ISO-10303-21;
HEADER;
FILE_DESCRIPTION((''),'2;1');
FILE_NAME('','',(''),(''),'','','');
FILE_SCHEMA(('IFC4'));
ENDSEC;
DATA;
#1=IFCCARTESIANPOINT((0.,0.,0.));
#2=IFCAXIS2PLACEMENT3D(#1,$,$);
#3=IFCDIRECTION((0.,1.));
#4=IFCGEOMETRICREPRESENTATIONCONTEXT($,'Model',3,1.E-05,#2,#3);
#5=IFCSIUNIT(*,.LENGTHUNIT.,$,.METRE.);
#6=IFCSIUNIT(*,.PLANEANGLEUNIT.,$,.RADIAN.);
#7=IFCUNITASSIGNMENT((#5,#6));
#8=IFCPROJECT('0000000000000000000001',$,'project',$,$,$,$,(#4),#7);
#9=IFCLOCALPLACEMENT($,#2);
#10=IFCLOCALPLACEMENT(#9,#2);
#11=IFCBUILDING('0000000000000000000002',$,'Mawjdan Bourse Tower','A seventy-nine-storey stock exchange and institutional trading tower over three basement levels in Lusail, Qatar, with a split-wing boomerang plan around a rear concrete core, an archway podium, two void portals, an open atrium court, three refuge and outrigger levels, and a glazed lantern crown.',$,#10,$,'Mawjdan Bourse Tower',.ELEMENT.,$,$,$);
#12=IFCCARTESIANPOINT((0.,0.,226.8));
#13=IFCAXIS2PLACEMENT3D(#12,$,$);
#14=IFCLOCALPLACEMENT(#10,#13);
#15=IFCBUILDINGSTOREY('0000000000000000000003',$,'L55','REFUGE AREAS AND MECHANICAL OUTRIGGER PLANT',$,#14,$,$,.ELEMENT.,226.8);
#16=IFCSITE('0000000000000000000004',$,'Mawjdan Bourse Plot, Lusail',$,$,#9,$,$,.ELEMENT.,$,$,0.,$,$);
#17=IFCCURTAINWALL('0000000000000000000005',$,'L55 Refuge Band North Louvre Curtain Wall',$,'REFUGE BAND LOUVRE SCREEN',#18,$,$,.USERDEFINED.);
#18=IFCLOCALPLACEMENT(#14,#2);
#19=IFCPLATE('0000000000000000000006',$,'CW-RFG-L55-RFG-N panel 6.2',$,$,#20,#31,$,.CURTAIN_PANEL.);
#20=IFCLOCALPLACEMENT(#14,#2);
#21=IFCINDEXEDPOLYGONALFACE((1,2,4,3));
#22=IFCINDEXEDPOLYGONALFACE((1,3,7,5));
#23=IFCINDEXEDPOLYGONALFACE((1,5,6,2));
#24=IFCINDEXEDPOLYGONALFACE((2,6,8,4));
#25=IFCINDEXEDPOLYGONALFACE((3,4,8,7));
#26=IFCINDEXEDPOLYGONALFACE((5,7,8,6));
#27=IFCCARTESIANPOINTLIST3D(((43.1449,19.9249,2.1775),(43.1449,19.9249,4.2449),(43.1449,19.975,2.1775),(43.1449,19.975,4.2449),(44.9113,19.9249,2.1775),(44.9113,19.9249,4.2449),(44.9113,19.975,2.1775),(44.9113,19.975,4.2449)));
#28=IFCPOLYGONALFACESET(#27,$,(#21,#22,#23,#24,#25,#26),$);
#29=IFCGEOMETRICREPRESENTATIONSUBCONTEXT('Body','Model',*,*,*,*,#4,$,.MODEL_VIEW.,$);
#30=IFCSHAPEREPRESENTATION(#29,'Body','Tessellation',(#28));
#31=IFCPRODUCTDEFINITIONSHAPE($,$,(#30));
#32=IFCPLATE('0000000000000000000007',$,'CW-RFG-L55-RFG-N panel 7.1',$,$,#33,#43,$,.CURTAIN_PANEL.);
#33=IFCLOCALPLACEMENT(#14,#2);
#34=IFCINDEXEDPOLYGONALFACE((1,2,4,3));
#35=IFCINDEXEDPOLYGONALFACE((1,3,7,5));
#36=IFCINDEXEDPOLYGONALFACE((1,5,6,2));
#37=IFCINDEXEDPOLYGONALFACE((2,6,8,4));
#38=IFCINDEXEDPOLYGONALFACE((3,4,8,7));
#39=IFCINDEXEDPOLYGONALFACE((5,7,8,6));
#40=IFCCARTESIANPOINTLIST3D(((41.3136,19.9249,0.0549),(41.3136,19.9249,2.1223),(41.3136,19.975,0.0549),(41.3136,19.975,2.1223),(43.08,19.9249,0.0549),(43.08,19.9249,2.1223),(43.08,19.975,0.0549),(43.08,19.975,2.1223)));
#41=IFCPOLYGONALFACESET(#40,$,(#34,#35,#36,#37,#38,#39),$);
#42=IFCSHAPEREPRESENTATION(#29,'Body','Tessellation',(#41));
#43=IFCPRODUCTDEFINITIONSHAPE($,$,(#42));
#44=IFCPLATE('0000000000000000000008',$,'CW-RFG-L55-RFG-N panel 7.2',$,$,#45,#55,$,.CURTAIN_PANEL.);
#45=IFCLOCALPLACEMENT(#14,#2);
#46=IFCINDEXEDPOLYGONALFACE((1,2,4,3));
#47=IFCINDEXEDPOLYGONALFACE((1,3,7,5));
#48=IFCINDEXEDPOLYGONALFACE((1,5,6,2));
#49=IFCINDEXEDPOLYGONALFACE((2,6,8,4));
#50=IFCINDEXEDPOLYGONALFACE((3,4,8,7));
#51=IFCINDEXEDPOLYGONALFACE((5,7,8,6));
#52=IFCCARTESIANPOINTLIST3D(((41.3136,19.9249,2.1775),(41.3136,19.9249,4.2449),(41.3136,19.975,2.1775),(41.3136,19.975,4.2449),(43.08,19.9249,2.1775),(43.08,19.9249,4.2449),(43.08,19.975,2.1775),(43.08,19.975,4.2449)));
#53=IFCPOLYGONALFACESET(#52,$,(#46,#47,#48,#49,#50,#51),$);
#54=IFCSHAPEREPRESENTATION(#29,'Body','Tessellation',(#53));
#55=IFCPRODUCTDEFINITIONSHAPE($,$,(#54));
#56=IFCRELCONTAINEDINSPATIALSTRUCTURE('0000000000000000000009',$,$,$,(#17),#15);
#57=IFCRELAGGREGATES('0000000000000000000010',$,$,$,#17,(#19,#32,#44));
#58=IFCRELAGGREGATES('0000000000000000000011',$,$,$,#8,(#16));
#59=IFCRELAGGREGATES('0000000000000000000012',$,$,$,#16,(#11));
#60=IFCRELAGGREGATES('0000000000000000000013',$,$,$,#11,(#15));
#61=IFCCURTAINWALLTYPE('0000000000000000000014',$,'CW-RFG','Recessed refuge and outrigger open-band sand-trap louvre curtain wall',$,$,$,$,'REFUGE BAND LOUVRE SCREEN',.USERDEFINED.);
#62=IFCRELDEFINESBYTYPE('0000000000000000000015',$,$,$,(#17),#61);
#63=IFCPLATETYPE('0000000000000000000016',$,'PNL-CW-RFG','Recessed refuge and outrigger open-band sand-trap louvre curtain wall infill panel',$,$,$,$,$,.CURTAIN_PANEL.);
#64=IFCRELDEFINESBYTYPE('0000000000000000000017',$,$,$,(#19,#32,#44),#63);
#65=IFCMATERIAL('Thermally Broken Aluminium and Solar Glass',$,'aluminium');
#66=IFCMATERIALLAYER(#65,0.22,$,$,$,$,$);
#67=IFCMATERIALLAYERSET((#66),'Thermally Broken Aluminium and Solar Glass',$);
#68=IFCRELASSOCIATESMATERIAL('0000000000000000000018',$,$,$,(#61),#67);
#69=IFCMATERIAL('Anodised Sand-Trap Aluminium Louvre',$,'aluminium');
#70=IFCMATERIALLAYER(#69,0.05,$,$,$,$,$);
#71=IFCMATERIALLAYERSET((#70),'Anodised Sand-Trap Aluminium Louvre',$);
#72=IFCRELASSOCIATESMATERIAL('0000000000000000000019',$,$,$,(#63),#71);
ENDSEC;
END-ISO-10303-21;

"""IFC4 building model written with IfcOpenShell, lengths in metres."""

from ifc_helpers import new_model, si_unit, direction, frame, origin, origin_2d, place, context, subcontext, project, spatial, rectangle, extrude, material, layer, layer_set, type_object, element, aggregate, save


model = new_model("IFC4")

# Units and contexts
model_context = context("Model", 3, precision=1e-05, world=origin(), true_north=direction((0.0, 1.0)))
body_context = subcontext(model_context, "Body", "Model", "MODEL_VIEW")
ifc_project = project(units=[si_unit("LENGTHUNIT", "METRE"), si_unit("PLANEANGLEUNIT", "RADIAN")], contexts=[model_context])

# Site, building, storey
site_placement = place(None, origin())
site = spatial("IfcSite", under=ifc_project, at=site_placement, Name="Mawjdan Bourse Plot, Lusail", CompositionType="ELEMENT", RefElevation=0.0)
building_placement = place(site_placement, origin())
building = spatial("IfcBuilding", under=site, at=building_placement, Name="Mawjdan Bourse Tower", Description="A seventy-nine-storey stock exchange and institutional trading tower over three basement levels in Lusail, Qatar, with a split-wing boomerang plan around a rear concrete core, an archway podium, two void portals, an open atrium court, three refuge and outrigger levels, and a glazed lantern crown.", LongName="Mawjdan Bourse Tower", CompositionType="ELEMENT")
storey_placement = place(building_placement, frame((0.0, 0.0, 226.8)))
storey = spatial("IfcBuildingStorey", under=building, at=storey_placement, Name="L55", Description="REFUGE AREAS AND MECHANICAL OUTRIGGER PLANT", CompositionType="ELEMENT", Elevation=226.8)

# Curtain wall
ifc_material_1 = material(Name="Thermally Broken Aluminium and Solar Glass", Category="aluminium")
ifc_layer_1 = layer(ifc_material_1, 0.22)
ifc_layer_set_1 = layer_set([ifc_layer_1], Name="Thermally Broken Aluminium and Solar Glass")
curtain_wall_type = type_object("IfcCurtainWallType", Name="CW-RFG", Description="Recessed refuge and outrigger open-band sand-trap louvre curtain wall", ElementType="REFUGE BAND LOUVRE SCREEN", PredefinedType="USERDEFINED", material=ifc_layer_set_1)
curtain_wall_placement = place(storey_placement, origin())
curtain_wall = element("IfcCurtainWall", 1, at=curtain_wall_placement, inside=storey, type_object=curtain_wall_type, Name="L55 Refuge Band North Louvre Curtain Wall", ObjectType="REFUGE BAND LOUVRE SCREEN", PredefinedType="USERDEFINED")

# Plates
ifc_material_2 = material(Name="Anodised Sand-Trap Aluminium Louvre", Category="aluminium")
ifc_layer_2 = layer(ifc_material_2, 0.05)
ifc_layer_set_2 = layer_set([ifc_layer_2], Name="Anodised Sand-Trap Aluminium Louvre")
plate_type = type_object("IfcPlateType", Name="PNL-CW-RFG", Description="Recessed refuge and outrigger open-band sand-trap louvre curtain wall infill panel", PredefinedType="CURTAIN_PANEL", material=ifc_layer_set_2)
plate_1_placement = place(storey_placement, frame((44.0281, 19.95, 2.1775), z_axis=(0.0, 0.0, 1.0), x_axis=(-1.0, 0.0, 0.0)))
plate_1 = element("IfcPlate", 2, at=plate_1_placement, type_object=plate_type, Name="CW-RFG-L55-RFG-N panel 6.2", PredefinedType="CURTAIN_PANEL", context=body_context, shape_type="SweptSolid", body=[
    extrude(rectangle(XDim=1.7664, YDim=0.05, at=origin_2d()), origin(), (0.0, 0.0, 1.0), 2.0674),
])
plate_2_placement = place(storey_placement, frame((42.1968, 19.95, 0.0549), z_axis=(0.0, 0.0, 1.0), x_axis=(-1.0, 0.0, 0.0)))
plate_2 = element("IfcPlate", 3, at=plate_2_placement, type_object=plate_type, Name="CW-RFG-L55-RFG-N panel 7.1", PredefinedType="CURTAIN_PANEL", context=body_context, shape_type="SweptSolid", body=[
    extrude(rectangle(XDim=1.7664, YDim=0.05, at=origin_2d()), origin(), (0.0, 0.0, 1.0), 2.0674),
])
plate_3_placement = place(storey_placement, frame((42.1968, 19.95, 2.1775), z_axis=(0.0, 0.0, 1.0), x_axis=(-1.0, 0.0, 0.0)))
plate_3 = element("IfcPlate", 4, at=plate_3_placement, type_object=plate_type, Name="CW-RFG-L55-RFG-N panel 7.2", PredefinedType="CURTAIN_PANEL", context=body_context, shape_type="SweptSolid", body=[
    extrude(rectangle(XDim=1.7664, YDim=0.05, at=origin_2d()), origin(), (0.0, 0.0, 1.0), 2.0674),
])
aggregate(curtain_wall, [plate_1, plate_2, plate_3])

save(model, "model.ifc")
